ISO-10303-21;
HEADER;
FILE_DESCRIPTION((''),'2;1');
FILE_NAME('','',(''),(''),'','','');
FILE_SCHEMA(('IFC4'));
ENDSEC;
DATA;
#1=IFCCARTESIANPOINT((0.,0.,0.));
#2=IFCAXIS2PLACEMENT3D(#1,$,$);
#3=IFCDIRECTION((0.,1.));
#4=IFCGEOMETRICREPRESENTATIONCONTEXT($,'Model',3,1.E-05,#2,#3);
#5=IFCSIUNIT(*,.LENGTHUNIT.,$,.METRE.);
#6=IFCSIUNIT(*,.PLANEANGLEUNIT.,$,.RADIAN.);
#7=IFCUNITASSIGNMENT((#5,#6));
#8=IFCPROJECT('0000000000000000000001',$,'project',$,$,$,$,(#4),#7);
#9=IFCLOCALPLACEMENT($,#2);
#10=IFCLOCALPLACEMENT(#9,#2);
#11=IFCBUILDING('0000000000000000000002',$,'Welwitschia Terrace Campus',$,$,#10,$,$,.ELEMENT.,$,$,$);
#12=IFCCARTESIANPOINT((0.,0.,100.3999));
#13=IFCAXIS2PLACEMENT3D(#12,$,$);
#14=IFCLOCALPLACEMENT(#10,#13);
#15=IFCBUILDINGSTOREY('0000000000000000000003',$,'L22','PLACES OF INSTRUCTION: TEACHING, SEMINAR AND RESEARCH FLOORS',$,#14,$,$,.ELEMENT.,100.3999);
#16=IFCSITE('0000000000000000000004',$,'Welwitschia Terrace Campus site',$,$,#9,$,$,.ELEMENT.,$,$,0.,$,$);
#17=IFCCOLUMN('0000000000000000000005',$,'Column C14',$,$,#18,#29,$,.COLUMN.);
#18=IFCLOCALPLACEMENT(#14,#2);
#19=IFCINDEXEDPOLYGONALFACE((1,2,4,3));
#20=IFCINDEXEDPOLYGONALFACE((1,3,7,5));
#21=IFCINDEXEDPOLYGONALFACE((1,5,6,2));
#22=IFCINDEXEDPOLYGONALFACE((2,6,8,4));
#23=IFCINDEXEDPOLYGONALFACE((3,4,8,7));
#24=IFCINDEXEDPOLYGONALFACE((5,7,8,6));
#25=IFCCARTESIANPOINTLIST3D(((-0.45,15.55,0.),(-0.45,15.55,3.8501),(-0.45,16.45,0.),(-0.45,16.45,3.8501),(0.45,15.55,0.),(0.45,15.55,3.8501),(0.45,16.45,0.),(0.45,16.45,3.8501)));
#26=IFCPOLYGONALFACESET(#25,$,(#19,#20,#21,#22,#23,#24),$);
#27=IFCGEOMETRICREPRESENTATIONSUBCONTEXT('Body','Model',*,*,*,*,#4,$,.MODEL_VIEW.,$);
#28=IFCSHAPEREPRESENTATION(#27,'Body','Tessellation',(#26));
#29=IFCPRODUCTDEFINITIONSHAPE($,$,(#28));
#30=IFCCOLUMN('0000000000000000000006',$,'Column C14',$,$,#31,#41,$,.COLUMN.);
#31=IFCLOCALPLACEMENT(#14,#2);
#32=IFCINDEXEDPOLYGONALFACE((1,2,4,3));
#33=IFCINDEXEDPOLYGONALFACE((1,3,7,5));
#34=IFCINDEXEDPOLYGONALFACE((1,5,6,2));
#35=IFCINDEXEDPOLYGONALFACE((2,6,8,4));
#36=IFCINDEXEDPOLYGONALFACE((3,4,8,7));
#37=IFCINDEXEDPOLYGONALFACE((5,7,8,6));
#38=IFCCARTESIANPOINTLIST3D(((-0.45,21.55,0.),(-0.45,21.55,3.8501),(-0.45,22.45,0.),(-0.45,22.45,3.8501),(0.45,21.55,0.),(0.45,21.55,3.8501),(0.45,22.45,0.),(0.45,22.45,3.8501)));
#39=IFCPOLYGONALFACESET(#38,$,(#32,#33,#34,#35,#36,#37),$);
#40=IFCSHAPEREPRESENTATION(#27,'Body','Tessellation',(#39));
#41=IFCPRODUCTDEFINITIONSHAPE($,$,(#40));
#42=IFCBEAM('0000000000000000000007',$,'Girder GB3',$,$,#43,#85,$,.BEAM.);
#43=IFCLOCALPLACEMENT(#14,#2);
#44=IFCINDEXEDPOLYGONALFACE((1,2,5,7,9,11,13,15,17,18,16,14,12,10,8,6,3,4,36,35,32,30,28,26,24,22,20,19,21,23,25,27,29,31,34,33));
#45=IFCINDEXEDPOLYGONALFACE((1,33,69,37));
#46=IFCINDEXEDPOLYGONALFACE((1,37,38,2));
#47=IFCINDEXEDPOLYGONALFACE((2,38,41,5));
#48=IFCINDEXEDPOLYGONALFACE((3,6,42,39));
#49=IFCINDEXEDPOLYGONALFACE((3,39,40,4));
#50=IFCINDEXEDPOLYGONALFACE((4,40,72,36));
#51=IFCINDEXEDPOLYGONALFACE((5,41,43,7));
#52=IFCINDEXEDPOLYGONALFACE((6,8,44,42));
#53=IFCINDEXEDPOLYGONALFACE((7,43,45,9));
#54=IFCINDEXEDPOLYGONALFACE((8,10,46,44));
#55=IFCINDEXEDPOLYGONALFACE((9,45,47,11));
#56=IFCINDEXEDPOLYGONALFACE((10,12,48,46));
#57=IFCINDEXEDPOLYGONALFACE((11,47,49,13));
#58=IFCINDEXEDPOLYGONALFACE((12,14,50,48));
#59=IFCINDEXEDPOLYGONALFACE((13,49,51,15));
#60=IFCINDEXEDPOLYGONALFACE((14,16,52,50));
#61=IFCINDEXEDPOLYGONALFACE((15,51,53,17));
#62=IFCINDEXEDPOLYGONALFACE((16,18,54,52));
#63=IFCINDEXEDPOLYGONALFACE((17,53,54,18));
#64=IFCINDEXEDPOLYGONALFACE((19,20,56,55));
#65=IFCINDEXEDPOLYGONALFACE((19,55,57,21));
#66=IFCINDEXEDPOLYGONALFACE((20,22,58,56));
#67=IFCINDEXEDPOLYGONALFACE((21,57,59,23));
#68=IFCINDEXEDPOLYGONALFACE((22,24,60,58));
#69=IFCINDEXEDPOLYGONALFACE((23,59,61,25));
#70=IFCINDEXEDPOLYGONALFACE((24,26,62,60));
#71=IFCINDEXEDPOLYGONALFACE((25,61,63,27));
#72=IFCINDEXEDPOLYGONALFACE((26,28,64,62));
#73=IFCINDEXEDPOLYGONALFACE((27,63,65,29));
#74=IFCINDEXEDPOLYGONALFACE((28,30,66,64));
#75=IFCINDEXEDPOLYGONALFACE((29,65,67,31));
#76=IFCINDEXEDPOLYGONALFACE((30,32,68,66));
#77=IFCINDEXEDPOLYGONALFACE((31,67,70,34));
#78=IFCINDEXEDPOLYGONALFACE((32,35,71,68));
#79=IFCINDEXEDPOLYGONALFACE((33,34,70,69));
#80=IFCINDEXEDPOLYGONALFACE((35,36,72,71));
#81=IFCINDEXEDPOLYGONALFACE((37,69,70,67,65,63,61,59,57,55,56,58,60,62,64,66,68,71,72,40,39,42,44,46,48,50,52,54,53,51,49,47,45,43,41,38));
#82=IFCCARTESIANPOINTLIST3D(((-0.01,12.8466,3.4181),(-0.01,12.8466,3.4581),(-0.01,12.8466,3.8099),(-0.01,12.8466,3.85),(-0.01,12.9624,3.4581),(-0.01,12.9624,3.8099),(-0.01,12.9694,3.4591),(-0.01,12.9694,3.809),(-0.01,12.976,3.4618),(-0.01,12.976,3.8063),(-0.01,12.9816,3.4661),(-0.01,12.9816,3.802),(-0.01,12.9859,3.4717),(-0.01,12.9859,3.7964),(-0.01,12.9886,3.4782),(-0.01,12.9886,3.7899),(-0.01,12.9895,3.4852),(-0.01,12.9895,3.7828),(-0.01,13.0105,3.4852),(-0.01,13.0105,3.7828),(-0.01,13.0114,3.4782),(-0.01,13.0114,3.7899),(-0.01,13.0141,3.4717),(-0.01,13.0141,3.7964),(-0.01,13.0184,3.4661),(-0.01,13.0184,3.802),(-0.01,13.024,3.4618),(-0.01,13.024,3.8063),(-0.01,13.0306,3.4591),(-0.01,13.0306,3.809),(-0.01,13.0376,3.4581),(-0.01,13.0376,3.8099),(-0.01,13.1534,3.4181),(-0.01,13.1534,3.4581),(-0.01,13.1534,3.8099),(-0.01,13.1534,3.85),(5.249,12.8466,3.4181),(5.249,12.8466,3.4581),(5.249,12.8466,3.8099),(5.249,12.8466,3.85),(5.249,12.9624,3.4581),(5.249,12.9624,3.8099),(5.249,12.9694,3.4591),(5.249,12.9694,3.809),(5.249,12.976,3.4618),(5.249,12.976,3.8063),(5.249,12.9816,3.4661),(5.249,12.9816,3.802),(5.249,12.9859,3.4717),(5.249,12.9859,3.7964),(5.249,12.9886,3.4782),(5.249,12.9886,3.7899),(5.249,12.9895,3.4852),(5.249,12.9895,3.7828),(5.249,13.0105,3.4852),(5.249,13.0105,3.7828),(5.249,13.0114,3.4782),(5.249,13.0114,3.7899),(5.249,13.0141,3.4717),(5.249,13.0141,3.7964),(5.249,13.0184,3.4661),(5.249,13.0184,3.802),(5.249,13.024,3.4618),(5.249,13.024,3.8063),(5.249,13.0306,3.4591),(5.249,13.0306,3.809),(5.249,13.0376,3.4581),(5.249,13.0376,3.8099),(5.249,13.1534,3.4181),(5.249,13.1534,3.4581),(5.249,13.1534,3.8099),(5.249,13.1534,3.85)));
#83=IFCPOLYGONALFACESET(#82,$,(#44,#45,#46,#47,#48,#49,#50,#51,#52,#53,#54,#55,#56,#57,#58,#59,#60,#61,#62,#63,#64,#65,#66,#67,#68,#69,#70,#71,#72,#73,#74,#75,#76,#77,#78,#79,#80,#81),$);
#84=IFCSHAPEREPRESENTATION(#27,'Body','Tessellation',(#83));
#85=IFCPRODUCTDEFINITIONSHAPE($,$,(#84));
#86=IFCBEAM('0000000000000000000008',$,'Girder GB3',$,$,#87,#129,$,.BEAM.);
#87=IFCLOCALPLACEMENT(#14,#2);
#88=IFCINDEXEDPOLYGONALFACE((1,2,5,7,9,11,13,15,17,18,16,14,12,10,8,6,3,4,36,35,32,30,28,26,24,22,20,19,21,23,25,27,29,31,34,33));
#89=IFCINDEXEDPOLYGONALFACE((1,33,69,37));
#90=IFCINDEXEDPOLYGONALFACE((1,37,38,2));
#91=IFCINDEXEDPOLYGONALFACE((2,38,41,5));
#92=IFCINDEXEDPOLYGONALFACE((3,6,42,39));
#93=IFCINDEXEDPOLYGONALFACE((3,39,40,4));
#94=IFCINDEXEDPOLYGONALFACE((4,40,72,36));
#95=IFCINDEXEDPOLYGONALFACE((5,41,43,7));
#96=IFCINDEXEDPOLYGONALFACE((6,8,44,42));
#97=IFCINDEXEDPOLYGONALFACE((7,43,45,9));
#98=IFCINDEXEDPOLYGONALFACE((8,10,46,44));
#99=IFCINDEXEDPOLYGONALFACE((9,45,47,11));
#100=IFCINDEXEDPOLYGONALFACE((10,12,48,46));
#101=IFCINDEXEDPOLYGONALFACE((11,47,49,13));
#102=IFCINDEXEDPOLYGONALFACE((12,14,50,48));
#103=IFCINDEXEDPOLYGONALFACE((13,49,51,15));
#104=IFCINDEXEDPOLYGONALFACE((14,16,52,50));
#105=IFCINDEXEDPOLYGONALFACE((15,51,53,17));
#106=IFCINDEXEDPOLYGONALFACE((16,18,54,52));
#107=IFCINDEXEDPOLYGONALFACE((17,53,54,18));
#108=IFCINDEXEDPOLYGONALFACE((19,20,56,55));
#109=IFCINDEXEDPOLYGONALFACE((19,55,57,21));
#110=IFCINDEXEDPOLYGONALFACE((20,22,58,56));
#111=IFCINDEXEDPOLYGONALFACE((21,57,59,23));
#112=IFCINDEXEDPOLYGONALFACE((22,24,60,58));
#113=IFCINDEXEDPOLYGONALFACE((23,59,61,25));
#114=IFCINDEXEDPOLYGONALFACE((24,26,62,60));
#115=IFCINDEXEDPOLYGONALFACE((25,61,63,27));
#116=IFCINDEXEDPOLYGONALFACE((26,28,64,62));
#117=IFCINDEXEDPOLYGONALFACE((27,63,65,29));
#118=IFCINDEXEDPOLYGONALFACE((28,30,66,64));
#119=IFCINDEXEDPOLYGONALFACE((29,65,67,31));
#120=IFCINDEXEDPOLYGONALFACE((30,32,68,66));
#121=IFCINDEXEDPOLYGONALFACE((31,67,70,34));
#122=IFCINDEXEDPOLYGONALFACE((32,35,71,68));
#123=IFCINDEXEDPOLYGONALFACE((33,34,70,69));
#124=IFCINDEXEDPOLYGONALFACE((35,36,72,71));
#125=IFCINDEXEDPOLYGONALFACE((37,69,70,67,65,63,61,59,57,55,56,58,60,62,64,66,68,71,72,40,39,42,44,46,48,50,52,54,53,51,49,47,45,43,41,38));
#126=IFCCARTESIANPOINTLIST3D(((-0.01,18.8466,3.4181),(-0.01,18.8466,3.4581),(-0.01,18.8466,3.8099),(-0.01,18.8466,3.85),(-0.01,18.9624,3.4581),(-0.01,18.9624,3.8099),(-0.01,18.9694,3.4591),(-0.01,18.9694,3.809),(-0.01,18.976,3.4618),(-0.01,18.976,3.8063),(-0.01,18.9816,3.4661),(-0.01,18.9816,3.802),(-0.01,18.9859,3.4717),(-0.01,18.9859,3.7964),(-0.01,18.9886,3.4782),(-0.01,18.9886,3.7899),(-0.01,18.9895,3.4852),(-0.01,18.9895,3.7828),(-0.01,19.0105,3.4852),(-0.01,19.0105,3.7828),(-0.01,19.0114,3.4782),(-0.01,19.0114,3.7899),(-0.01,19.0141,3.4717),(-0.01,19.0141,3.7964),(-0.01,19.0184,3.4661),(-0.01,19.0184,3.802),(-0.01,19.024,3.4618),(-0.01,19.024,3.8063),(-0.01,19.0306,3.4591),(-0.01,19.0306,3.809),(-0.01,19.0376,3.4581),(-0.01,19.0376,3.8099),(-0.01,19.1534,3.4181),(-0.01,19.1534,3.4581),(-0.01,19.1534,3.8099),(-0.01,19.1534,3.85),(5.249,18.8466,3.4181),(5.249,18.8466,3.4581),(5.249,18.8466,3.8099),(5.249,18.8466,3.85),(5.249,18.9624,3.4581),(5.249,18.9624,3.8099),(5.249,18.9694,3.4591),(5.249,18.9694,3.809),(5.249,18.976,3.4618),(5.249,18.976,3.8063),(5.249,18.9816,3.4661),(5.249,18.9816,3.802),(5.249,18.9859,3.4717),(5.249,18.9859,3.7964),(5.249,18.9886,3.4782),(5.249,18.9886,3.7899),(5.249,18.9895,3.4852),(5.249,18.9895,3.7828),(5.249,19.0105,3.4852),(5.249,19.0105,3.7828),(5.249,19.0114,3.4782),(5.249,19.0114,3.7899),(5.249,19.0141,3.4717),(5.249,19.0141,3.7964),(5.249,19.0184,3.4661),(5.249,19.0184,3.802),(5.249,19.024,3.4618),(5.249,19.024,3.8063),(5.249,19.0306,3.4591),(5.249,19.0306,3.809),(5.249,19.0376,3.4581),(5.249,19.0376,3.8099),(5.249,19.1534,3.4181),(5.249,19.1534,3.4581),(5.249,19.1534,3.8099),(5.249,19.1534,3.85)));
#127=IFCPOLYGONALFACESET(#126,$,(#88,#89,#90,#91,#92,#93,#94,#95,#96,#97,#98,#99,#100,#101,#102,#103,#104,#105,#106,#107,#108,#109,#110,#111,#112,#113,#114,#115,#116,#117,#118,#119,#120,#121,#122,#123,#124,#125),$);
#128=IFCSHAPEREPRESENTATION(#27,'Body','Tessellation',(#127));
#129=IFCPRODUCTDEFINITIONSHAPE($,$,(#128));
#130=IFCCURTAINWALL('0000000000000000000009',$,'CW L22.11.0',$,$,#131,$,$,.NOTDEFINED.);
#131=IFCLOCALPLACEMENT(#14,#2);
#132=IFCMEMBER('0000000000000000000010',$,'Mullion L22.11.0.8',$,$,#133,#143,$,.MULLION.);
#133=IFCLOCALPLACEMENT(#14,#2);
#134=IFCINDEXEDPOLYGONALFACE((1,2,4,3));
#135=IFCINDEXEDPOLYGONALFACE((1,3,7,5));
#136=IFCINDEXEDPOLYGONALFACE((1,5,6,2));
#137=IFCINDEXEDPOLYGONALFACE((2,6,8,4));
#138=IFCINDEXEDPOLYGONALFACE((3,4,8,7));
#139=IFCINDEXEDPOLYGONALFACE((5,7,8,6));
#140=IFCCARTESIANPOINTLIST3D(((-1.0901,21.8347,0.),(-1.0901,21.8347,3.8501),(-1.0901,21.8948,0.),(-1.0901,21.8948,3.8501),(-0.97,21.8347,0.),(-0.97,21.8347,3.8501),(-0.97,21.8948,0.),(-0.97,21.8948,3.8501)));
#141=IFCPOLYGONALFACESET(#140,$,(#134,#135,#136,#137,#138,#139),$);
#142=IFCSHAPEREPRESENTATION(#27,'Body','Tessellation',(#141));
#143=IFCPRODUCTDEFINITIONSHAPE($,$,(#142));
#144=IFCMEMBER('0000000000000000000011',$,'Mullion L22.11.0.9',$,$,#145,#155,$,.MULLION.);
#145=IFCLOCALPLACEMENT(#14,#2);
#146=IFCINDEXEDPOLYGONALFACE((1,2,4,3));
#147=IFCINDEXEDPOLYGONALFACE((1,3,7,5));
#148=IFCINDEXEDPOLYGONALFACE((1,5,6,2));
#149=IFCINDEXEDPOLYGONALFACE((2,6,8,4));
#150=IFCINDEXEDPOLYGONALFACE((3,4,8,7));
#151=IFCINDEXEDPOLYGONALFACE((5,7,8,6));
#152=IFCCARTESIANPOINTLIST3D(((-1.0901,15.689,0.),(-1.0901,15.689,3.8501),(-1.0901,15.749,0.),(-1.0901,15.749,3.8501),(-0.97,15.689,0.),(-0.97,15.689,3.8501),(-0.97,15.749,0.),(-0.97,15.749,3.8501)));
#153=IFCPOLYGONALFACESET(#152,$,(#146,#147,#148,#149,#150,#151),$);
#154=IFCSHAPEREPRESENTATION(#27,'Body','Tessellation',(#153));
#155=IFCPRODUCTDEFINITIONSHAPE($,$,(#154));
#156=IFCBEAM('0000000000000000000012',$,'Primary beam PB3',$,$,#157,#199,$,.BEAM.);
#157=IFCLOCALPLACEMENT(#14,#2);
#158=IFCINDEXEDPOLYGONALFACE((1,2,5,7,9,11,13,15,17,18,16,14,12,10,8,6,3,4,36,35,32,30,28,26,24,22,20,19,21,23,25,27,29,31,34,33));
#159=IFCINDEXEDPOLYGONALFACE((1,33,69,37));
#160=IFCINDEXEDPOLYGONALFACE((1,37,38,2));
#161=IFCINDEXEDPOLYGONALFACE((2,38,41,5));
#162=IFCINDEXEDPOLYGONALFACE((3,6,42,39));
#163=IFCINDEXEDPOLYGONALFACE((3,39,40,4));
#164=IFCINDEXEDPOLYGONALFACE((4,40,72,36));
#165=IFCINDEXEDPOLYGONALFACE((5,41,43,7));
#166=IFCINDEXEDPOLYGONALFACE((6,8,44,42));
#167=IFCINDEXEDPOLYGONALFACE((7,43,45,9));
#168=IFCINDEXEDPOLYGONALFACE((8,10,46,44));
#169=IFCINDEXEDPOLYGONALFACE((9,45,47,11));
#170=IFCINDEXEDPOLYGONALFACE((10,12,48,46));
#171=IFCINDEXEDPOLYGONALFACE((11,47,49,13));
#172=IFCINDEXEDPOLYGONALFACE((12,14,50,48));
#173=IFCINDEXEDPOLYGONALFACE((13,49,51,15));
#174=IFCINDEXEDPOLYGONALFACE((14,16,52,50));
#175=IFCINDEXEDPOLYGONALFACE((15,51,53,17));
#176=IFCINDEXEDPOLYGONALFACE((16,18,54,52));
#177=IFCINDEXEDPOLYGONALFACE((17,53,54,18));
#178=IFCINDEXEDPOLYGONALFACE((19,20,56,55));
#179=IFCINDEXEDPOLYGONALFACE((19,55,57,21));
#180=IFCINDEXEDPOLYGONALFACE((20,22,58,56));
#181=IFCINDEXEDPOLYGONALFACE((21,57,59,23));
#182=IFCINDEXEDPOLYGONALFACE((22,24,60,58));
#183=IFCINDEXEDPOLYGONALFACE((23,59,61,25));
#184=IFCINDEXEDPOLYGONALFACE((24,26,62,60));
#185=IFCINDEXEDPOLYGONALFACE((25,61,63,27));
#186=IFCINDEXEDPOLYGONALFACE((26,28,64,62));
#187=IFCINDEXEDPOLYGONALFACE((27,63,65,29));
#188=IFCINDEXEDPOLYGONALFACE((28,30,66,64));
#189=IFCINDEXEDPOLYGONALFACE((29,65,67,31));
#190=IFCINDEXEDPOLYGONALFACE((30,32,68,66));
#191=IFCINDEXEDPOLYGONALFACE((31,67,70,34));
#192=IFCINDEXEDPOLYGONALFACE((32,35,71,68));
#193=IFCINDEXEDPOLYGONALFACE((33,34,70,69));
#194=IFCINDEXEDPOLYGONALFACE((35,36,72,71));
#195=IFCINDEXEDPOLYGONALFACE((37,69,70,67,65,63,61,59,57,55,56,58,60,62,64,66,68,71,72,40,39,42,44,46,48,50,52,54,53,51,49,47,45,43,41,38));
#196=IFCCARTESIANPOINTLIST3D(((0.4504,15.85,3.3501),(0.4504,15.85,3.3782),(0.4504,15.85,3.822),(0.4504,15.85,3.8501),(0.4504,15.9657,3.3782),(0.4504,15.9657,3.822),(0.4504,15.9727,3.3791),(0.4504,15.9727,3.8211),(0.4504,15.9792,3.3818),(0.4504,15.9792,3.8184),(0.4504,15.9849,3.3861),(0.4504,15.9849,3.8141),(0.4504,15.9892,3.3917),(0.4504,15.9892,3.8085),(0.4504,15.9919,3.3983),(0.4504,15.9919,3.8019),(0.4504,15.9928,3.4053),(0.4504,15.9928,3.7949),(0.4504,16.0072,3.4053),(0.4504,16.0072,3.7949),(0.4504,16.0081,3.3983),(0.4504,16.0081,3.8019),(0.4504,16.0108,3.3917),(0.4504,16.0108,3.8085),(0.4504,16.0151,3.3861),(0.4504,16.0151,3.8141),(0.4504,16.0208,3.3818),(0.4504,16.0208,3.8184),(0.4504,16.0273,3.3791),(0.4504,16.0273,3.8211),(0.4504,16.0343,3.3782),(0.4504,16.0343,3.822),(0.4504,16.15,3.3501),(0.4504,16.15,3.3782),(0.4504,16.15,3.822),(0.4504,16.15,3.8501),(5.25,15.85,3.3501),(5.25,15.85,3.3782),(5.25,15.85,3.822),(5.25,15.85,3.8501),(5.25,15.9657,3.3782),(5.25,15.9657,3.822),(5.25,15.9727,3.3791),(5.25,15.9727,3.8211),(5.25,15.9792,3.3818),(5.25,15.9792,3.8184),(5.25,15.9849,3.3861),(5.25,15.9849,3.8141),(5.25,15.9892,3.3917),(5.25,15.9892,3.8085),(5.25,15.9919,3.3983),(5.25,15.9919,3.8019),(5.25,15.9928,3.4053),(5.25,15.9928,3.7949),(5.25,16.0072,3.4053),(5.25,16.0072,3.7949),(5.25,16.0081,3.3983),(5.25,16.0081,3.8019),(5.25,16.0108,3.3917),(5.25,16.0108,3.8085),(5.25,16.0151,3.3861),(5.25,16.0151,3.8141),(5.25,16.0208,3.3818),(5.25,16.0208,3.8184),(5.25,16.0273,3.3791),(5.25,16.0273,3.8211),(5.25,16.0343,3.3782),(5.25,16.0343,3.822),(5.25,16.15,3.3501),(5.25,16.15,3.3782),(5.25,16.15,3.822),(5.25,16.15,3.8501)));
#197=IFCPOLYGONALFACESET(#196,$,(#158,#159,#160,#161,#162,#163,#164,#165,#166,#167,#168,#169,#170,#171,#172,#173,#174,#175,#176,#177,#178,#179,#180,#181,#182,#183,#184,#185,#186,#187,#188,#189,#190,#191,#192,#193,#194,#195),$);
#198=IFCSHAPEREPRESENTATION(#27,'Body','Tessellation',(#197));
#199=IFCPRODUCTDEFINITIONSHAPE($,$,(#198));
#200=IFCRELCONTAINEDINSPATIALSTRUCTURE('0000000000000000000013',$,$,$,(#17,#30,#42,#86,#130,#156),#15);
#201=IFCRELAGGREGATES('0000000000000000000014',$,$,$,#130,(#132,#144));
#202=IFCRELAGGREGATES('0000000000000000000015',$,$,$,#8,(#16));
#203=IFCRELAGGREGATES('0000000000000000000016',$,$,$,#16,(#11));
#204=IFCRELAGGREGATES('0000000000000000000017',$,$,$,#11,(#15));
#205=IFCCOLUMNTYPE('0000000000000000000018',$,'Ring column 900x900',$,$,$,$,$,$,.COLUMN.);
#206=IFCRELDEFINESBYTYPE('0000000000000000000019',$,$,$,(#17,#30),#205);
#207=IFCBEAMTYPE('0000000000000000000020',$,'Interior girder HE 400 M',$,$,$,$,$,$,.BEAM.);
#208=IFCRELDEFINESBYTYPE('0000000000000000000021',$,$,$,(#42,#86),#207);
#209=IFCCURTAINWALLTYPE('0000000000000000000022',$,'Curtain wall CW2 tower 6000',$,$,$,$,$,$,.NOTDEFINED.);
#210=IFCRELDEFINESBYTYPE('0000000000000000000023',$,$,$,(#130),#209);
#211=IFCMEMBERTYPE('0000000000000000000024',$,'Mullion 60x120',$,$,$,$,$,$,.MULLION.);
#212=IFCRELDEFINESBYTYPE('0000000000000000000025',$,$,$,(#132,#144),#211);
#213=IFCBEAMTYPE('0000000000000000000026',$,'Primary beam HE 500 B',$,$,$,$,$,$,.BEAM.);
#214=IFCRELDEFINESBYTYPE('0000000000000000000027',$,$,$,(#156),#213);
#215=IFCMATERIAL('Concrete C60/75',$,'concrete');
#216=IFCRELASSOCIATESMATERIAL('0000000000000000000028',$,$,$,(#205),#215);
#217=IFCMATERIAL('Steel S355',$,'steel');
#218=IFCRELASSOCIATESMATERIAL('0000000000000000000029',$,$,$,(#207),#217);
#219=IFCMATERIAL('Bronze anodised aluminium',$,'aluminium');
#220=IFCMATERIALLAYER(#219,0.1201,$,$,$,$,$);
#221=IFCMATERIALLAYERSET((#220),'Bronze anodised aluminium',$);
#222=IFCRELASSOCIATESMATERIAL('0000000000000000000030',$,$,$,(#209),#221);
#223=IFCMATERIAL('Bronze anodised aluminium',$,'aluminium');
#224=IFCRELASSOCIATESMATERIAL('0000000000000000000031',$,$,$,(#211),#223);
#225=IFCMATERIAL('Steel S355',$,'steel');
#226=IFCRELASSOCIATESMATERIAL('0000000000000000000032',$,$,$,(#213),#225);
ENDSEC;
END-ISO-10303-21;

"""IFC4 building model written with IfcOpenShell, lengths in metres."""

from ifc_helpers import new_model, si_unit, direction, frame, origin, origin_2d, place, context, subcontext, project, spatial, rectangle, i_section, extrude, material, layer, layer_set, material_profile, profile_set, type_object, element, aggregate, save


model = new_model("IFC4")

# Units and contexts
model_context = context("Model", 3, precision=1e-05, world=origin(), true_north=direction((0.0, 1.0)))
body_context = subcontext(model_context, "Body", "Model", "MODEL_VIEW")
ifc_project = project(units=[si_unit("LENGTHUNIT", "METRE"), si_unit("PLANEANGLEUNIT", "RADIAN")], contexts=[model_context])

# Site, building, storey
site_placement = place(None, origin())
site = spatial("IfcSite", under=ifc_project, at=site_placement, Name="Welwitschia Terrace Campus site", CompositionType="ELEMENT", RefElevation=0.0)
building_placement = place(site_placement, origin())
building = spatial("IfcBuilding", under=site, at=building_placement, Name="Welwitschia Terrace Campus", CompositionType="ELEMENT")
storey_placement = place(building_placement, frame((0.0, 0.0, 100.3999)))
storey = spatial("IfcBuildingStorey", under=building, at=storey_placement, Name="L22", Description="PLACES OF INSTRUCTION: TEACHING, SEMINAR AND RESEARCH FLOORS", CompositionType="ELEMENT", Elevation=100.3999)

# Columns
ifc_material_1 = material(Name="Concrete C60/75", Category="concrete")
ifc_material_profile_1 = material_profile(ifc_material_1, rectangle(XDim=0.8999, YDim=0.8999, at=origin_2d()))
ifc_profile_set_1 = profile_set([ifc_material_profile_1], Name="Concrete C60/75")
column_type = type_object("IfcColumnType", Name="Ring column 900x900", PredefinedType="COLUMN", material=ifc_profile_set_1)
for number, where, z_axis, x_axis, name in (
    (1, (0.0, 16.0, 0.0), (0.0, 0.0, 1.0), (1.0, 0.0, 0.0), "Column C14"),
    (2, (0.0, 22.0, 0.0), (0.0, 0.0, 1.0), (1.0, 0.0, 0.0), "Column C14"),
):
    element("IfcColumn", number, at=place(storey_placement, frame(where, z_axis=z_axis, x_axis=x_axis)), inside=storey, type_object=column_type, Name=name, PredefinedType="COLUMN", context=body_context, shape_type="SweptSolid", body=[
        extrude(rectangle(XDim=0.8999, YDim=0.8999, at=origin_2d()), origin(), (0.0, 0.0, 1.0), 3.8501),
    ])

# Beams
ifc_material_2 = material(Name="Steel S355", Category="steel")
ifc_material_profile_2 = material_profile(ifc_material_2, i_section(OverallWidth=0.3069, OverallDepth=0.4319, WebThickness=0.021, FlangeThickness=0.04, FilletRadius=0.0271, at=origin_2d()))
ifc_profile_set_2 = profile_set([ifc_material_profile_2], Name="Steel S355")
beam_type_1 = type_object("IfcBeamType", Name="Interior girder HE 400 M", PredefinedType="BEAM", material=ifc_profile_set_2)
for number, where, z_axis, x_axis, name in (
    (3, (-0.01, 13.0, 3.634), (1.0, 0.0, 0.0), (0.0, 1.0, 0.0), "Girder GB3"),
    (4, (-0.01, 19.0, 3.634), (1.0, 0.0, 0.0), (0.0, 1.0, 0.0), "Girder GB3"),
):
    element("IfcBeam", number, at=place(storey_placement, frame(where, z_axis=z_axis, x_axis=x_axis)), inside=storey, type_object=beam_type_1, Name=name, PredefinedType="BEAM", context=body_context, shape_type="SweptSolid", body=[
        extrude(i_section(OverallWidth=0.3069, OverallDepth=0.4319, WebThickness=0.021, FlangeThickness=0.04, FilletRadius=0.0271, at=origin_2d()), origin(), (0.0, 0.0, 1.0), 5.259),
    ])

# Curtain wall, members
ifc_material_3 = material(Name="Bronze anodised aluminium", Category="aluminium")
ifc_layer_1 = layer(ifc_material_3, 0.1201)
ifc_layer_set_1 = layer_set([ifc_layer_1], Name="Bronze anodised aluminium")
curtain_wall_type = type_object("IfcCurtainWallType", Name="Curtain wall CW2 tower 6000", PredefinedType="NOTDEFINED", material=ifc_layer_set_1)
curtain_wall_placement = place(storey_placement, origin())
curtain_wall = element("IfcCurtainWall", 5, at=curtain_wall_placement, inside=storey, type_object=curtain_wall_type, Name="CW L22.11.0", PredefinedType="NOTDEFINED")
ifc_material_4 = material(Name="Bronze anodised aluminium", Category="aluminium")
ifc_material_profile_3 = material_profile(ifc_material_4, rectangle(XDim=0.1201, YDim=0.0601, at=origin_2d()))
ifc_profile_set_3 = profile_set([ifc_material_profile_3], Name="Bronze anodised aluminium")
member_type = type_object("IfcMemberType", Name="Mullion 60x120", PredefinedType="MULLION", material=ifc_profile_set_3)
member_1_placement = place(storey_placement, frame((-1.03, 21.8647, 0.0), z_axis=(0.0, 0.0, 1.0), x_axis=(1.0, 0.0, 0.0)))
member_1 = element("IfcMember", 6, at=member_1_placement, type_object=member_type, Name="Mullion L22.11.0.8", PredefinedType="MULLION", context=body_context, shape_type="SweptSolid", body=[
    extrude(rectangle(XDim=0.1201, YDim=0.0601, at=origin_2d()), origin(), (0.0, 0.0, 1.0), 3.8501),
])
member_2_placement = place(storey_placement, frame((-1.03, 15.719, 0.0), z_axis=(0.0, 0.0, 1.0), x_axis=(1.0, 0.0, 0.0)))
member_2 = element("IfcMember", 7, at=member_2_placement, type_object=member_type, Name="Mullion L22.11.0.9", PredefinedType="MULLION", context=body_context, shape_type="SweptSolid", body=[
    extrude(rectangle(XDim=0.1201, YDim=0.0601, at=origin_2d()), origin(), (0.0, 0.0, 1.0), 3.8501),
])

# Beam
ifc_material_5 = material(Name="Steel S355", Category="steel")
ifc_material_profile_4 = material_profile(ifc_material_5, i_section(OverallWidth=0.3, OverallDepth=0.5, WebThickness=0.0144, FlangeThickness=0.0281, FilletRadius=0.0271, at=origin_2d()))
ifc_profile_set_4 = profile_set([ifc_material_profile_4], Name="Steel S355")
beam_type_2 = type_object("IfcBeamType", Name="Primary beam HE 500 B", PredefinedType="BEAM", material=ifc_profile_set_4)
beam_1_placement = place(storey_placement, frame((0.4504, 16.0, 3.6001), z_axis=(1.0, 0.0, 0.0), x_axis=(0.0, 1.0, 0.0)))
element("IfcBeam", 8, at=beam_1_placement, inside=storey, type_object=beam_type_2, Name="Primary beam PB3", PredefinedType="BEAM", context=body_context, shape_type="SweptSolid", body=[
    extrude(i_section(OverallWidth=0.3, OverallDepth=0.5, WebThickness=0.0144, FlangeThickness=0.0281, FilletRadius=0.0271, at=origin_2d()), origin(), (0.0, 0.0, 1.0), 4.7996),
])

aggregate(curtain_wall, [member_1, member_2])

save(model, "model.ifc")
